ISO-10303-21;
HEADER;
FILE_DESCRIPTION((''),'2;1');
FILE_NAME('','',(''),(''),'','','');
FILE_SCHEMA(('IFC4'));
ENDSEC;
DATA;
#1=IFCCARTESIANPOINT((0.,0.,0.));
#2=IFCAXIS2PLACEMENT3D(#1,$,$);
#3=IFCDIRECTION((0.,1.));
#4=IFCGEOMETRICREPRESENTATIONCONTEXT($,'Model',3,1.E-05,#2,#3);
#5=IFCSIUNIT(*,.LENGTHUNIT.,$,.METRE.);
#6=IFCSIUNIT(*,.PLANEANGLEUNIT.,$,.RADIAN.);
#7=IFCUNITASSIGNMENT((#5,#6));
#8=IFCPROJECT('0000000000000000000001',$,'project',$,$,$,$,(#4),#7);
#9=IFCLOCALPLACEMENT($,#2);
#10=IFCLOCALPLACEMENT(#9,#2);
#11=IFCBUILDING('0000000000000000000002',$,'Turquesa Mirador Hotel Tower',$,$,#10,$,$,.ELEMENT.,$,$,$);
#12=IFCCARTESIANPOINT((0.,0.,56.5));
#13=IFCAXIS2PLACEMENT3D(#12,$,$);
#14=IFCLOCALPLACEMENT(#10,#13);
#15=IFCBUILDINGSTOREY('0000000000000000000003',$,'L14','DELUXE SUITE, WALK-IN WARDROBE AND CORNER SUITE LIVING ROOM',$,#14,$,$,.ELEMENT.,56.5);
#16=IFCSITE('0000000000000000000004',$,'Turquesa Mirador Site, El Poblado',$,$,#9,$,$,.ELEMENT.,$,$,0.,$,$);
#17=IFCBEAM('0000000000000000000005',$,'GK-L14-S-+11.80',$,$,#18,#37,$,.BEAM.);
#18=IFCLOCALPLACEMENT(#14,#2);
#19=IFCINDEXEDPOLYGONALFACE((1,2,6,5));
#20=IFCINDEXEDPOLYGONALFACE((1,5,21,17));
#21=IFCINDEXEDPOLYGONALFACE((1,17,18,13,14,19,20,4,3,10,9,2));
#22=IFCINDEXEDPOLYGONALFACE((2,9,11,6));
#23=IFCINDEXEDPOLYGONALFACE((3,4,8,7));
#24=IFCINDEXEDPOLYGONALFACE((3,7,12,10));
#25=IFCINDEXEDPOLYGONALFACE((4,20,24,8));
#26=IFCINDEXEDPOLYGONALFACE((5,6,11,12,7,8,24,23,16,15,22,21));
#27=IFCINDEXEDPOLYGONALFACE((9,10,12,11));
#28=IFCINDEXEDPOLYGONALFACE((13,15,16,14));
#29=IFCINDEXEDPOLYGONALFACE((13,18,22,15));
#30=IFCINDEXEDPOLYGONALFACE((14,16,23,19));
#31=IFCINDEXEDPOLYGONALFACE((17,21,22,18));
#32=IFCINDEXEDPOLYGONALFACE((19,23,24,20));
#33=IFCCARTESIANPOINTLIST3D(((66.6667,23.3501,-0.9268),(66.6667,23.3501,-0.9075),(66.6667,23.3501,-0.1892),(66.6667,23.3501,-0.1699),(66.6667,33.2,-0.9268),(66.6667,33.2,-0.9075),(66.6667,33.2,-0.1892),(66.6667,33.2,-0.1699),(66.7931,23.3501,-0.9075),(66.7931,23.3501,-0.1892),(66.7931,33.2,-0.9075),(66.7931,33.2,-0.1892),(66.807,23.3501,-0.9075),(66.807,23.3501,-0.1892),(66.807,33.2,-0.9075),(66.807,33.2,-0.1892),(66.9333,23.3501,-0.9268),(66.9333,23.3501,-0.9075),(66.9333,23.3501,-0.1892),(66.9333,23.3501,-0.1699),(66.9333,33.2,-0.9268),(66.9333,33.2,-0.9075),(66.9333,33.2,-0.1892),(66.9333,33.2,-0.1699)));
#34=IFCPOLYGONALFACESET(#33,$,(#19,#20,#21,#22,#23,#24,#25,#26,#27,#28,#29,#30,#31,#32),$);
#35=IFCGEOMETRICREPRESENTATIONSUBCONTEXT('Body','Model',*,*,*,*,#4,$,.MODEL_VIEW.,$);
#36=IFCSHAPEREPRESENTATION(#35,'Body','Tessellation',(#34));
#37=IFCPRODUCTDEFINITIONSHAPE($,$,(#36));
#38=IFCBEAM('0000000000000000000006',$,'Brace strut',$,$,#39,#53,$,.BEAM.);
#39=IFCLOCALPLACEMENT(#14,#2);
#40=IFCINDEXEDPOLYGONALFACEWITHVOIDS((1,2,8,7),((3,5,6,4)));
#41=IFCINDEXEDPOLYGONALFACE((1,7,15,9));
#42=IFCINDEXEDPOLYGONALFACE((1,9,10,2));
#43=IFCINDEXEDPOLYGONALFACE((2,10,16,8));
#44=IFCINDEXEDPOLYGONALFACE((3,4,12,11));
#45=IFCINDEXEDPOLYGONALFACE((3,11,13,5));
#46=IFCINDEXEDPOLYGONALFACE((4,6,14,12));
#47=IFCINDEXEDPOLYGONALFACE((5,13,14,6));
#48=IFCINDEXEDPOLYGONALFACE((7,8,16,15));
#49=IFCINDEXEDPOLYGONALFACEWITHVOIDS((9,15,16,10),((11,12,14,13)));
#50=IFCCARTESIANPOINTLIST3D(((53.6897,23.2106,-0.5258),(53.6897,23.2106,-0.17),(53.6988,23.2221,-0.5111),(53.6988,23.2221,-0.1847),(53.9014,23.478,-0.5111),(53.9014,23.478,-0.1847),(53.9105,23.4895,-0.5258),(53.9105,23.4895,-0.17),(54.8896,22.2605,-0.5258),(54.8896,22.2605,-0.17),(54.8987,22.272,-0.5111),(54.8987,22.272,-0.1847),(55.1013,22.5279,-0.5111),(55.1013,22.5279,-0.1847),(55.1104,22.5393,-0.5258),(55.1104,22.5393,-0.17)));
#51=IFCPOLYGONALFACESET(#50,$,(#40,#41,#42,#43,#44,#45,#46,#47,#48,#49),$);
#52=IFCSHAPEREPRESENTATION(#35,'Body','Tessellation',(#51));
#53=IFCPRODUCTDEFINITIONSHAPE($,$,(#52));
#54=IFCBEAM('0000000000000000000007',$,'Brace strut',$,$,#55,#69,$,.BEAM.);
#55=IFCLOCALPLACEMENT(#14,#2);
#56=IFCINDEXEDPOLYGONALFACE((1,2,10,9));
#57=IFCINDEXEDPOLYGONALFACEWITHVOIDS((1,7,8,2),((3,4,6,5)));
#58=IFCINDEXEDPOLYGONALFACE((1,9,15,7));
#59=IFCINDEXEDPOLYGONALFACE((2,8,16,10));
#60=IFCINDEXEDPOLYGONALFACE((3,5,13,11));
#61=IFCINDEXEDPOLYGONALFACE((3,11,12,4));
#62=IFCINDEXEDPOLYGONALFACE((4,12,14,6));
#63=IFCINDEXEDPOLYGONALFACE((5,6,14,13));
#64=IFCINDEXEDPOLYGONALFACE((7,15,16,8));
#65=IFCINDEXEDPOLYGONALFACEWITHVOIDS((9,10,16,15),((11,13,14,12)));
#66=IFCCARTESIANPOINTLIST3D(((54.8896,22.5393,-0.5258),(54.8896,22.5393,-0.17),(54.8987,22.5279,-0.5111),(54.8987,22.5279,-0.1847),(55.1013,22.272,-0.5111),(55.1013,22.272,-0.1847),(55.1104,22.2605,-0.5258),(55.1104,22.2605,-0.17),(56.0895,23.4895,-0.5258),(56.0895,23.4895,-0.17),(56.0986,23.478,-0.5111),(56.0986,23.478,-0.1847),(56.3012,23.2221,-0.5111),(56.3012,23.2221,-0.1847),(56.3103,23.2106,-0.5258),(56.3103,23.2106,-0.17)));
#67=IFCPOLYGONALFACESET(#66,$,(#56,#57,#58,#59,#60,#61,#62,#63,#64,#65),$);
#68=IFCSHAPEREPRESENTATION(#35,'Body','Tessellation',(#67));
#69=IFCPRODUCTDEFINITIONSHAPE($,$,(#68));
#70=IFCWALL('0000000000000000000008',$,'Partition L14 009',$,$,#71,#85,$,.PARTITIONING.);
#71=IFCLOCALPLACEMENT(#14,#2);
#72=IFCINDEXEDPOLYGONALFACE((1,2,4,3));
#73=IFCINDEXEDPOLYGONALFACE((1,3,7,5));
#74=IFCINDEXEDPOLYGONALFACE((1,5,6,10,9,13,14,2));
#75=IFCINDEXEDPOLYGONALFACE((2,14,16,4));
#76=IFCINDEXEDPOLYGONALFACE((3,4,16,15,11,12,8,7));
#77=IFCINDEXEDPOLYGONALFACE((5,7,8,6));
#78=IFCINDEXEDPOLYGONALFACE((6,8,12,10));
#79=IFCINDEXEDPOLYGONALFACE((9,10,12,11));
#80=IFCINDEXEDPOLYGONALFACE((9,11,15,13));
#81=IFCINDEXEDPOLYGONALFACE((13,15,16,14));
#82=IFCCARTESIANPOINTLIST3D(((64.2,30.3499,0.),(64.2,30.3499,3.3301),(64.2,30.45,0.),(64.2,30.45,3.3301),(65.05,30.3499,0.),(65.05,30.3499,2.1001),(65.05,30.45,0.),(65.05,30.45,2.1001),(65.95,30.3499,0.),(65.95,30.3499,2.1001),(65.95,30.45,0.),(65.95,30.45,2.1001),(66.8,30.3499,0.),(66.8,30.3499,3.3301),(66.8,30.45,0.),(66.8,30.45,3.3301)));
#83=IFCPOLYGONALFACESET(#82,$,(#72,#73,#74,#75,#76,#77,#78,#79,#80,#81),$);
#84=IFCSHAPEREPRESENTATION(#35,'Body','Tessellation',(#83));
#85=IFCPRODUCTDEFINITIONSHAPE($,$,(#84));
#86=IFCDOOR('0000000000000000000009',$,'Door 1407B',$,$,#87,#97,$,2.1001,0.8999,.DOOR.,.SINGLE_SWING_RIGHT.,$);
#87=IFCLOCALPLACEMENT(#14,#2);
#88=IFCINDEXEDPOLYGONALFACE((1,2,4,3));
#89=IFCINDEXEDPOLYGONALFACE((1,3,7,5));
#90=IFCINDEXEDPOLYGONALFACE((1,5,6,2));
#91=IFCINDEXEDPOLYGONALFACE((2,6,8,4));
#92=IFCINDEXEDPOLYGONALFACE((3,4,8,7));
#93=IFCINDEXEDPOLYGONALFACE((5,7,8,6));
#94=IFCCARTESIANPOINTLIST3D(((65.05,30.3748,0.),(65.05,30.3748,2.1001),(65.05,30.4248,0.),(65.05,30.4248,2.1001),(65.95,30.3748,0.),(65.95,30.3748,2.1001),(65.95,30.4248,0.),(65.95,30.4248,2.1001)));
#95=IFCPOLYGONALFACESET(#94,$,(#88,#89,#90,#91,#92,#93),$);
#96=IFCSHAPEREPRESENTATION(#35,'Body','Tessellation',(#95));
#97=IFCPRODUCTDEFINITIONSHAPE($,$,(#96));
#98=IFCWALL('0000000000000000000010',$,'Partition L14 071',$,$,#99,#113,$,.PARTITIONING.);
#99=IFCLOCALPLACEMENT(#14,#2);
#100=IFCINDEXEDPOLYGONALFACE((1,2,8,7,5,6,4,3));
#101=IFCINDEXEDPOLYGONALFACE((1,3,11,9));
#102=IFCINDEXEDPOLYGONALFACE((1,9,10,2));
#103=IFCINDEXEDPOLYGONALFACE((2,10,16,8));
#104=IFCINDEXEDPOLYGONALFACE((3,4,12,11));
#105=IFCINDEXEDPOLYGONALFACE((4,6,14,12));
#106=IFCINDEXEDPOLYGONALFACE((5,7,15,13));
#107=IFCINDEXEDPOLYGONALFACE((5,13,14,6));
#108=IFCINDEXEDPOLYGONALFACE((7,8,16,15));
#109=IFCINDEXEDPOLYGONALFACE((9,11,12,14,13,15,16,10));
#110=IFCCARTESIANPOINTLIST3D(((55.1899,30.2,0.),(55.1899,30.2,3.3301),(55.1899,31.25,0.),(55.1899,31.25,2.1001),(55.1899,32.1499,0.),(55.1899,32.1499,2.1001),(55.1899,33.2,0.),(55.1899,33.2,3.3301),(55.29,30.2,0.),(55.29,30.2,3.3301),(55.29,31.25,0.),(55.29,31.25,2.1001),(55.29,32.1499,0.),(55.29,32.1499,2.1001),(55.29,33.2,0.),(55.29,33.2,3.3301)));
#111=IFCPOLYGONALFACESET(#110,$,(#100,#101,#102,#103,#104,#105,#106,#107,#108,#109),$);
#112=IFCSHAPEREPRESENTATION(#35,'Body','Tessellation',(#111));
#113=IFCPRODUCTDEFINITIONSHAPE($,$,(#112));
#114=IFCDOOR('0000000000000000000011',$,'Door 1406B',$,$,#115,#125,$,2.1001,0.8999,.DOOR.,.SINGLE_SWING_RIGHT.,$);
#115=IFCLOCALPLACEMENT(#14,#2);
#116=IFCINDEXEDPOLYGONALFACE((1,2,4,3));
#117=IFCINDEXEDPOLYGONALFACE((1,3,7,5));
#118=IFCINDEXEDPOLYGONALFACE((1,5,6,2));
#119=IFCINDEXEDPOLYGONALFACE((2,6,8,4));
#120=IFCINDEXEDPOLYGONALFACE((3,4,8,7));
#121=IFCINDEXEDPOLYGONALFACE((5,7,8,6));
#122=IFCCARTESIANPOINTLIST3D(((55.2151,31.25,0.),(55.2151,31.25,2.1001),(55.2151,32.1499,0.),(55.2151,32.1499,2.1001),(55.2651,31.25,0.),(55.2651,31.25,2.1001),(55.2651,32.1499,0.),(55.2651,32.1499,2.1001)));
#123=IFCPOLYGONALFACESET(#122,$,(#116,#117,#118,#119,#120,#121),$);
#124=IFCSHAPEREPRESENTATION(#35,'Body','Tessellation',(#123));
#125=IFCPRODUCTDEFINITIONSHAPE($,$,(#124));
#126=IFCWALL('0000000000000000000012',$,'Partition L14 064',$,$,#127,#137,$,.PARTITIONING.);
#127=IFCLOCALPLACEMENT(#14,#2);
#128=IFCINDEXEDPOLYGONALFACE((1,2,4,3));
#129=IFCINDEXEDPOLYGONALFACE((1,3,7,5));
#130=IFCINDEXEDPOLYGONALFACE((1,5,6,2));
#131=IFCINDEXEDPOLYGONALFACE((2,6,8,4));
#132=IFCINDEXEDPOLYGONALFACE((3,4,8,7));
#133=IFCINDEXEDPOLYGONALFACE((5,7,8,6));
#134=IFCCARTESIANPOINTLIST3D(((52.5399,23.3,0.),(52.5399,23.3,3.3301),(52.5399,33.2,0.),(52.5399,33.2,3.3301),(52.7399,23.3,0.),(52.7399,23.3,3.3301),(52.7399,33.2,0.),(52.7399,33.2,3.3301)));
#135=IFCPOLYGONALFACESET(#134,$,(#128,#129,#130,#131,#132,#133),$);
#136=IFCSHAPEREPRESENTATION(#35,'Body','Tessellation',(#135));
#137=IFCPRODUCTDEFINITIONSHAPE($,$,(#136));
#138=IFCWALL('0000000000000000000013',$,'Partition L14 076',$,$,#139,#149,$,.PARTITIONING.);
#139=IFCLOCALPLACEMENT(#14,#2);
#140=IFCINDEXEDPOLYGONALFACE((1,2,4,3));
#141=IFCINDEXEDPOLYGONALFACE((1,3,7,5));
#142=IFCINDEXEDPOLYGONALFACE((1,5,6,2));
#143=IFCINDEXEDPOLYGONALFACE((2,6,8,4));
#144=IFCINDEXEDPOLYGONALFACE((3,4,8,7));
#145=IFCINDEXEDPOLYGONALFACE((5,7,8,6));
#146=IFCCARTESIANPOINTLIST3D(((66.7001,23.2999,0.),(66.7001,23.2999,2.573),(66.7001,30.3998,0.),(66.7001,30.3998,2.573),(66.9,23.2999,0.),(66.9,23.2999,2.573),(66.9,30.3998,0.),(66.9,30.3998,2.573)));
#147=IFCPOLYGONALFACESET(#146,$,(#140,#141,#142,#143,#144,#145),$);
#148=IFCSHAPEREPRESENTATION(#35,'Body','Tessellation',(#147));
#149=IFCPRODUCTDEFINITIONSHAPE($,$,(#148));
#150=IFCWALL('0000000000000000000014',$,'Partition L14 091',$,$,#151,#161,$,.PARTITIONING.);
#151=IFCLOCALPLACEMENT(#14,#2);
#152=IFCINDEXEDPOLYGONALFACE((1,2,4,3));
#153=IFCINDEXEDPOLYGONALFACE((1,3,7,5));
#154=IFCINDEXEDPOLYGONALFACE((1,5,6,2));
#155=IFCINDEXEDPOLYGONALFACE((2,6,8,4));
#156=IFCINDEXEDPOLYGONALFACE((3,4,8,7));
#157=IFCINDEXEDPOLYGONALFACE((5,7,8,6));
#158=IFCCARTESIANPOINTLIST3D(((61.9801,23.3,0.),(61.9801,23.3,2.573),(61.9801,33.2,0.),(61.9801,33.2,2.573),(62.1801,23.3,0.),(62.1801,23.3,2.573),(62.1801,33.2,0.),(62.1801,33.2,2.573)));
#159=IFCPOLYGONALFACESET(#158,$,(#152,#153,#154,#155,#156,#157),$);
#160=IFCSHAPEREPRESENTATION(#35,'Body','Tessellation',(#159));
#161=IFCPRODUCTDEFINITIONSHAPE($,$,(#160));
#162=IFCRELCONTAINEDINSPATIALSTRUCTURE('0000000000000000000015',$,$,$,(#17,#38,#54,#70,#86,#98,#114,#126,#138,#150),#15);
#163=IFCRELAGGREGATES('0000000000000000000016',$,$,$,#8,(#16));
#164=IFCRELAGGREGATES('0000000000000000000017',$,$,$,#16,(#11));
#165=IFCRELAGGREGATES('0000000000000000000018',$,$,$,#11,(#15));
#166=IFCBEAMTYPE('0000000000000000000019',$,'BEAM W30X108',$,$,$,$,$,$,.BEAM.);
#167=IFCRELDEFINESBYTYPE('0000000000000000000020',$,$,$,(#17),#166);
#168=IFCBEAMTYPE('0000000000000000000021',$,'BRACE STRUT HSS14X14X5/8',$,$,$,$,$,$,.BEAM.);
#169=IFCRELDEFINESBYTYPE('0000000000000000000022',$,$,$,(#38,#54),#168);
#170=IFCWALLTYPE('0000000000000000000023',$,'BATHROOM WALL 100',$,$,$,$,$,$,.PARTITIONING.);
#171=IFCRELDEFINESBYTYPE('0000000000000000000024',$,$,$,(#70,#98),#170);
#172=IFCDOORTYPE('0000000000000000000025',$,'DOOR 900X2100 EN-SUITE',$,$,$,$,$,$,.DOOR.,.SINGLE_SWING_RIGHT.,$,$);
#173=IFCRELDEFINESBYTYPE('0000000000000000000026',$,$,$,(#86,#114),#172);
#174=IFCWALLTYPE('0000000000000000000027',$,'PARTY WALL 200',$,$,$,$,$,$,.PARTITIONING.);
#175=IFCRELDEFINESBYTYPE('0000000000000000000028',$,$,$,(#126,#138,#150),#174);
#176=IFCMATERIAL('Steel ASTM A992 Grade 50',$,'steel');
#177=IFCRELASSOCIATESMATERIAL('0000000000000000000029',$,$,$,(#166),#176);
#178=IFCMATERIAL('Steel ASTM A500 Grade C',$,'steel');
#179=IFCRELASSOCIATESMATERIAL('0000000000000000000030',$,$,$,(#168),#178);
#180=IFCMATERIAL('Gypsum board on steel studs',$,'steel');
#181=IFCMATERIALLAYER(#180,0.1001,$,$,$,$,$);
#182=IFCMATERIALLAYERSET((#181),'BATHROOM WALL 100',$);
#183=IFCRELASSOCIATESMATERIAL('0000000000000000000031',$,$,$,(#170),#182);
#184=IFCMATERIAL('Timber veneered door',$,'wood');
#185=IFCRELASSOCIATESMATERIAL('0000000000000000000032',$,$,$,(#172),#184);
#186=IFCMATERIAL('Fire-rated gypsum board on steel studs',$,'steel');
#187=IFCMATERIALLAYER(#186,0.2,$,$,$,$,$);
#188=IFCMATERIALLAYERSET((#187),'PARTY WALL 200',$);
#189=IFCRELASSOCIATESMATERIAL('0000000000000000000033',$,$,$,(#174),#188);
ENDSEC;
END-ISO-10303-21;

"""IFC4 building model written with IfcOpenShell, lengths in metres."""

from ifc_helpers import new_model, si_unit, direction, frame, frame_2d, origin, origin_2d, place, context, subcontext, project, spatial, rectangle, hollow_rectangle, i_section, extrude, material, layer, layer_set, material_profile, profile_set, type_object, element, fill, save


model = new_model("IFC4")

# Units and contexts
model_context = context("Model", 3, precision=1e-05, world=origin(), true_north=direction((0.0, 1.0)))
body_context = subcontext(model_context, "Body", "Model", "MODEL_VIEW")
ifc_project = project(units=[si_unit("LENGTHUNIT", "METRE"), si_unit("PLANEANGLEUNIT", "RADIAN")], contexts=[model_context])

# Site, building, storey
site_placement = place(None, origin())
site = spatial("IfcSite", under=ifc_project, at=site_placement, Name="Turquesa Mirador Site, El Poblado", CompositionType="ELEMENT", RefElevation=0.0)
building_placement = place(site_placement, origin())
building = spatial("IfcBuilding", under=site, at=building_placement, Name="Turquesa Mirador Hotel Tower", CompositionType="ELEMENT")
storey_placement = place(building_placement, frame((0.0, 0.0, 56.5)))
storey = spatial("IfcBuildingStorey", under=building, at=storey_placement, Name="L14", Description="DELUXE SUITE, WALK-IN WARDROBE AND CORNER SUITE LIVING ROOM", CompositionType="ELEMENT", Elevation=56.5)

# Beams
ifc_material_1 = material(Name="Steel ASTM A992 Grade 50", Category="steel")
ifc_material_profile_1 = material_profile(ifc_material_1, i_section(OverallWidth=0.2666, OverallDepth=0.7568, WebThickness=0.0139, FlangeThickness=0.0193, at=origin_2d()), Name="W30X108")
ifc_profile_set_1 = profile_set([ifc_material_profile_1], Name="Steel ASTM A992 Grade 50")
beam_type_1 = type_object("IfcBeamType", Name="BEAM W30X108", PredefinedType="BEAM", material=ifc_profile_set_1)
beam_1_placement = place(storey_placement, frame((66.8, 23.3501, -0.5483), z_axis=(0.0, 1.0, 0.0), x_axis=(-1.0, 0.0, 0.0)))
element("IfcBeam", 1, at=beam_1_placement, inside=storey, type_object=beam_type_1, Name="GK-L14-S-+11.80", PredefinedType="BEAM", context=body_context, shape_type="SweptSolid", body=[
    extrude(i_section(OverallWidth=0.2666, OverallDepth=0.7568, WebThickness=0.0139, FlangeThickness=0.0193, at=origin_2d()), origin(), (0.0, 0.0, 1.0), 9.8499),
])
ifc_material_2 = material(Name="Steel ASTM A500 Grade C", Category="steel")
ifc_material_profile_2 = material_profile(ifc_material_2, hollow_rectangle(XDim=0.3557, YDim=0.3557, WallThickness=0.0146, at=origin_2d()), Name="HSS14X14X5/8")
ifc_profile_set_2 = profile_set([ifc_material_profile_2], Name="Steel ASTM A500 Grade C")
beam_type_2 = type_object("IfcBeamType", Name="BRACE STRUT HSS14X14X5/8", PredefinedType="BEAM", material=ifc_profile_set_2)
for number, where, z_axis, x_axis, name in (
    (2, (55.0, 22.3999, -0.3479), (-0.783971, 0.620797, 0.0), (-0.620797, -0.783971, 0.0), "Brace strut"),
    (3, (55.0, 22.3999, -0.3479), (0.783971, 0.620797, 0.0), (-0.620797, 0.783971, 0.0), "Brace strut"),
):
    element("IfcBeam", number, at=place(storey_placement, frame(where, z_axis=z_axis, x_axis=x_axis)), inside=storey, type_object=beam_type_2, Name=name, PredefinedType="BEAM", context=body_context, shape_type="SweptSolid", body=[
        extrude(hollow_rectangle(XDim=0.3557, YDim=0.3557, WallThickness=0.0146, at=origin_2d()), origin(), (0.0, 0.0, 1.0), 1.5305),
    ])

# Walls, openings, doors
ifc_material_3 = material(Name="Gypsum board on steel studs", Category="steel")
ifc_layer_1 = layer(ifc_material_3, 0.1001)
ifc_layer_set_1 = layer_set([ifc_layer_1], Name="BATHROOM WALL 100")
wall_type_1 = type_object("IfcWallType", Name="BATHROOM WALL 100", PredefinedType="PARTITIONING", material=ifc_layer_set_1)
wall_1_placement = place(storey_placement, frame((64.2, 30.3999, 0.0), z_axis=(0.0, 0.0, 1.0), x_axis=(1.0, 0.0, 0.0)))
wall_1 = element("IfcWall", 4, at=wall_1_placement, inside=storey, type_object=wall_type_1, Name="Partition L14 009", PredefinedType="PARTITIONING", context=body_context, shape_type="SweptSolid", body=[
    extrude(rectangle(XDim=2.6001, YDim=0.1001, at=frame_2d((1.3, 0.0))), origin(), (0.0, 0.0, 1.0), 3.3301),
])
opening_1_placement = place(wall_1_placement, frame((0.8501, 0.0, 0.0)))
opening_1 = element("IfcOpeningElement", 5, at=opening_1_placement, cuts=wall_1, PredefinedType="OPENING", context=body_context, shape_type="SweptSolid", body=[
    extrude(rectangle(XDim=0.8999, YDim=2.1001, at=frame_2d((0.45, 1.05))), frame((0.0, 0.0601, 0.0), z_axis=(0.0, -1.0, 0.0), x_axis=(1.0, 0.0, 0.0)), (0.0, 0.0, 1.0), 0.1201),
])
ifc_material_4 = material(Name="Timber veneered door", Category="wood")
door_type = type_object("IfcDoorType", Name="DOOR 900X2100 EN-SUITE", OperationType="SINGLE_SWING_RIGHT", PredefinedType="DOOR", material=ifc_material_4)
door_1_placement = place(opening_1_placement, origin())
door_1 = element("IfcDoor", 6, at=door_1_placement, inside=storey, type_object=door_type, Name="Door 1407B", OperationType="SINGLE_SWING_RIGHT", OverallHeight=2.1001, OverallWidth=0.8999, PredefinedType="DOOR", context=body_context, shape_type="SweptSolid", body=[
    extrude(rectangle(XDim=0.8999, YDim=2.1001, at=frame_2d((0.45, 1.05))), frame((0.0, 0.0249, 0.0), z_axis=(0.0, -1.0, 0.0), x_axis=(1.0, 0.0, 0.0)), (0.0, 0.0, 1.0), 0.05),
])
fill(opening_1, door_1)
wall_2_placement = place(storey_placement, frame((55.24, 30.2, 0.0), z_axis=(0.0, 0.0, 1.0), x_axis=(0.0, 1.0, 0.0)))
wall_2 = element("IfcWall", 7, at=wall_2_placement, inside=storey, type_object=wall_type_1, Name="Partition L14 071", PredefinedType="PARTITIONING", context=body_context, shape_type="SweptSolid", body=[
    extrude(rectangle(XDim=3.0, YDim=0.1001, at=frame_2d((1.5, 0.0))), origin(), (0.0, 0.0, 1.0), 3.3301),
])
opening_2_placement = place(wall_2_placement, frame((1.05, 0.0, 0.0)))
opening_2 = element("IfcOpeningElement", 8, at=opening_2_placement, cuts=wall_2, PredefinedType="OPENING", context=body_context, shape_type="SweptSolid", body=[
    extrude(rectangle(XDim=0.8999, YDim=2.1001, at=frame_2d((0.45, 1.05))), frame((0.0, 0.0601, 0.0), z_axis=(0.0, -1.0, 0.0), x_axis=(1.0, 0.0, 0.0)), (0.0, 0.0, 1.0), 0.1201),
])
door_2_placement = place(opening_2_placement, origin())
door_2 = element("IfcDoor", 9, at=door_2_placement, inside=storey, type_object=door_type, Name="Door 1406B", OperationType="SINGLE_SWING_RIGHT", OverallHeight=2.1001, OverallWidth=0.8999, PredefinedType="DOOR", context=body_context, shape_type="SweptSolid", body=[
    extrude(rectangle(XDim=0.8999, YDim=2.1001, at=frame_2d((0.45, 1.05))), frame((0.0, 0.0249, 0.0), z_axis=(0.0, -1.0, 0.0), x_axis=(1.0, 0.0, 0.0)), (0.0, 0.0, 1.0), 0.05),
])
fill(opening_2, door_2)

# Walls
ifc_material_5 = material(Name="Fire-rated gypsum board on steel studs", Category="steel")
ifc_layer_2 = layer(ifc_material_5, 0.2)
ifc_layer_set_2 = layer_set([ifc_layer_2], Name="PARTY WALL 200")
wall_type_2 = type_object("IfcWallType", Name="PARTY WALL 200", PredefinedType="PARTITIONING", material=ifc_layer_set_2)
wall_3_placement = place(storey_placement, frame((52.6399, 23.3, 0.0), z_axis=(0.0, 0.0, 1.0), x_axis=(0.0, 1.0, 0.0)))
element("IfcWall", 10, at=wall_3_placement, inside=storey, type_object=wall_type_2, Name="Partition L14 064", PredefinedType="PARTITIONING", context=body_context, shape_type="SweptSolid", body=[
    extrude(rectangle(XDim=9.8999, YDim=0.2, at=frame_2d((4.95, 0.0))), origin(), (0.0, 0.0, 1.0), 3.3301),
])
wall_4_placement = place(storey_placement, frame((66.8, 23.3, 0.0), z_axis=(0.0, 0.0, 1.0), x_axis=(0.0, 1.0, 0.0)))
element("IfcWall", 11, at=wall_4_placement, inside=storey, type_object=wall_type_2, Name="Partition L14 076", PredefinedType="PARTITIONING", context=body_context, shape_type="SweptSolid", body=[
    extrude(rectangle(XDim=7.0999, YDim=0.2, at=frame_2d((3.5498, 0.0))), origin(), (0.0, 0.0, 1.0), 2.573),
])
wall_5_placement = place(storey_placement, frame((62.0801, 23.3, 0.0), z_axis=(0.0, 0.0, 1.0), x_axis=(0.0, 1.0, 0.0)))
element("IfcWall", 12, at=wall_5_placement, inside=storey, type_object=wall_type_2, Name="Partition L14 091", PredefinedType="PARTITIONING", context=body_context, shape_type="SweptSolid", body=[
    extrude(rectangle(XDim=9.8999, YDim=0.2, at=frame_2d((4.95, 0.0))), origin(), (0.0, 0.0, 1.0), 2.573),
])

save(model, "model.ifc")
